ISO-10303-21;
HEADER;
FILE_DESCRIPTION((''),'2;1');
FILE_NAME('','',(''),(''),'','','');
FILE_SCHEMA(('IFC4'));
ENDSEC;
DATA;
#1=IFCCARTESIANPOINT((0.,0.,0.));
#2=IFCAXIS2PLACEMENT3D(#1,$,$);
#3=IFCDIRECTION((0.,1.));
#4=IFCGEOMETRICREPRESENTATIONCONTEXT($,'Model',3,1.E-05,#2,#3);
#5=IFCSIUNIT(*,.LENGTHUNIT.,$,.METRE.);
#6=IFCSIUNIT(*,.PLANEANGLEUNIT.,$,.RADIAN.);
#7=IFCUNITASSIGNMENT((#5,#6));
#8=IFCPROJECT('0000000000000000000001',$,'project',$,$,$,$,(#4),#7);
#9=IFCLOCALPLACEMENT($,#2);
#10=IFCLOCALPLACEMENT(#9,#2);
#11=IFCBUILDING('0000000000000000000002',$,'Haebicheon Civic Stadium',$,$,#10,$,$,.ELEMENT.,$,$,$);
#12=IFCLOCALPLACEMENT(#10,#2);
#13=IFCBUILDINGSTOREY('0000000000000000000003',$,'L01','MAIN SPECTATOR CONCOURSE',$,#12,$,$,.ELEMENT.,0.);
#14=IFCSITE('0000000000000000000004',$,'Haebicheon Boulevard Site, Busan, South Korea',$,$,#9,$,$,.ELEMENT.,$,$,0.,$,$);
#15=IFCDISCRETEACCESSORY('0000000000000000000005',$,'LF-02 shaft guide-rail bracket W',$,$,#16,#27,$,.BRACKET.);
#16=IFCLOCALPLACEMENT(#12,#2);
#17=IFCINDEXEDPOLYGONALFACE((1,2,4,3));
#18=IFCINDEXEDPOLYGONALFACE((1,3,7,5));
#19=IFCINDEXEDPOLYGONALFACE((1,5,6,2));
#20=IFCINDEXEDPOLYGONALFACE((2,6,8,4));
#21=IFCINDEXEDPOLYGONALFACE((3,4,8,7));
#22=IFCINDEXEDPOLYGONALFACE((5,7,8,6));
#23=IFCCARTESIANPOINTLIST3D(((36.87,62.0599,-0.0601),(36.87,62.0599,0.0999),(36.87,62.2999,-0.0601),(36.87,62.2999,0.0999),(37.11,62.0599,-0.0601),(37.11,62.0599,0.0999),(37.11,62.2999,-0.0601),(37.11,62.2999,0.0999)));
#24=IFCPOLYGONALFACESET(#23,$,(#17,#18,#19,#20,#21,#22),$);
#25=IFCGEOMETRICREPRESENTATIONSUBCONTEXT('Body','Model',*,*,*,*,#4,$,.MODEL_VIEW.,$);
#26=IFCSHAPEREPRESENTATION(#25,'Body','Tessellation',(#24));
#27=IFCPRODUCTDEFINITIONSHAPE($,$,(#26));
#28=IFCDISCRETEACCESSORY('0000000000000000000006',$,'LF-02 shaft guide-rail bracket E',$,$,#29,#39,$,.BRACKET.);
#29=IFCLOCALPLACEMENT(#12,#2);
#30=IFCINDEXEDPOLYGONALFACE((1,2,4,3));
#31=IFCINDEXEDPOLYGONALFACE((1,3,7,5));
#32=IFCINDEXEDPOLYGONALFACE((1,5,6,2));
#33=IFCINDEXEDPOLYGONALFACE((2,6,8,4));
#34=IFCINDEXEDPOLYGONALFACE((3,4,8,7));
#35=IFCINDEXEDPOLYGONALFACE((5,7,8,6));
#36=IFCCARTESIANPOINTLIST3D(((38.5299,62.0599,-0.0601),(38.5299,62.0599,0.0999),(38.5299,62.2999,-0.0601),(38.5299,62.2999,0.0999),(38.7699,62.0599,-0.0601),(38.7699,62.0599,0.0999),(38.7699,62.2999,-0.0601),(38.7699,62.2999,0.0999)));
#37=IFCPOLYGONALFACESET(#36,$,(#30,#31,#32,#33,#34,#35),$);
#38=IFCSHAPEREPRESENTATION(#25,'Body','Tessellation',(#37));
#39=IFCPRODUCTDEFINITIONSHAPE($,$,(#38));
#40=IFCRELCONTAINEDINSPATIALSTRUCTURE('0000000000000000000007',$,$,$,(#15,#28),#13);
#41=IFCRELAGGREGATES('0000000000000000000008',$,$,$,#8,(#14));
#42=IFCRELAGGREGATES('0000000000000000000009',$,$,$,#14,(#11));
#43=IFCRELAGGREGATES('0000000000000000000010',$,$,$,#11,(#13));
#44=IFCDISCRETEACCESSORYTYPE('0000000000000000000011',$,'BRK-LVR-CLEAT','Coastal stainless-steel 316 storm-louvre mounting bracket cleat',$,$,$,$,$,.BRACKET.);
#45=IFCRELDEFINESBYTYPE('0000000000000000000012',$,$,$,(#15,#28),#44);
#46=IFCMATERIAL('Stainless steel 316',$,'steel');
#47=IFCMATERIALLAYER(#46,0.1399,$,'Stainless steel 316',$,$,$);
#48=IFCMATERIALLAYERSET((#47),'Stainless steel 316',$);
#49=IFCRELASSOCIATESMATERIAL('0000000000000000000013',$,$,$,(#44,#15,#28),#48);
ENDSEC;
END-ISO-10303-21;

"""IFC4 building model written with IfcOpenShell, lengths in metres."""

from ifc_helpers import new_model, si_unit, direction, frame, origin, origin_2d, place, context, subcontext, project, spatial, rectangle, extrude, material, layer, layer_set, type_object, element, save


model = new_model("IFC4")

# Units and contexts
model_context = context("Model", 3, precision=1e-05, world=origin(), true_north=direction((0.0, 1.0)))
body_context = subcontext(model_context, "Body", "Model", "MODEL_VIEW")
ifc_project = project(units=[si_unit("LENGTHUNIT", "METRE"), si_unit("PLANEANGLEUNIT", "RADIAN")], contexts=[model_context])

# Site, building, storey
site_placement = place(None, origin())
site = spatial("IfcSite", under=ifc_project, at=site_placement, Name="Haebicheon Boulevard Site, Busan, South Korea", CompositionType="ELEMENT", RefElevation=0.0)
building_placement = place(site_placement, origin())
building = spatial("IfcBuilding", under=site, at=building_placement, Name="Haebicheon Civic Stadium", CompositionType="ELEMENT")
storey_placement = place(building_placement, origin())
storey = spatial("IfcBuildingStorey", under=building, at=storey_placement, Name="L01", Description="MAIN SPECTATOR CONCOURSE", CompositionType="ELEMENT", Elevation=0.0)

# Discrete accessories
ifc_material_1 = material(Name="Stainless steel 316", Category="steel")
ifc_layer_1 = layer(ifc_material_1, 0.1399, Name="Stainless steel 316")
ifc_layer_set_1 = layer_set([ifc_layer_1], Name="Stainless steel 316")
discrete_accessory_type = type_object("IfcDiscreteAccessoryType", Name="BRK-LVR-CLEAT", Description="Coastal stainless-steel 316 storm-louvre mounting bracket cleat", PredefinedType="BRACKET", material=ifc_layer_set_1)
for number, where, z_axis, x_axis, name in (
    (1, (36.99, 62.1799, -0.0601), (0.0, 0.0, 1.0), (1.0, 0.0, 0.0), "LF-02 shaft guide-rail bracket W"),
    (2, (38.6499, 62.1799, -0.0601), (0.0, 0.0, 1.0), (1.0, 0.0, 0.0), "LF-02 shaft guide-rail bracket E"),
):
    element("IfcDiscreteAccessory", number, at=place(storey_placement, frame(where, z_axis=z_axis, x_axis=x_axis)), inside=storey, type_object=discrete_accessory_type, material=ifc_layer_set_1, Name=name, PredefinedType="BRACKET", context=body_context, shape_type="SweptSolid", body=[
        extrude(rectangle(XDim=0.24, YDim=0.24, at=origin_2d()), origin(), (0.0, 0.0, 1.0), 0.1599),
    ])

save(model, "model.ifc")
